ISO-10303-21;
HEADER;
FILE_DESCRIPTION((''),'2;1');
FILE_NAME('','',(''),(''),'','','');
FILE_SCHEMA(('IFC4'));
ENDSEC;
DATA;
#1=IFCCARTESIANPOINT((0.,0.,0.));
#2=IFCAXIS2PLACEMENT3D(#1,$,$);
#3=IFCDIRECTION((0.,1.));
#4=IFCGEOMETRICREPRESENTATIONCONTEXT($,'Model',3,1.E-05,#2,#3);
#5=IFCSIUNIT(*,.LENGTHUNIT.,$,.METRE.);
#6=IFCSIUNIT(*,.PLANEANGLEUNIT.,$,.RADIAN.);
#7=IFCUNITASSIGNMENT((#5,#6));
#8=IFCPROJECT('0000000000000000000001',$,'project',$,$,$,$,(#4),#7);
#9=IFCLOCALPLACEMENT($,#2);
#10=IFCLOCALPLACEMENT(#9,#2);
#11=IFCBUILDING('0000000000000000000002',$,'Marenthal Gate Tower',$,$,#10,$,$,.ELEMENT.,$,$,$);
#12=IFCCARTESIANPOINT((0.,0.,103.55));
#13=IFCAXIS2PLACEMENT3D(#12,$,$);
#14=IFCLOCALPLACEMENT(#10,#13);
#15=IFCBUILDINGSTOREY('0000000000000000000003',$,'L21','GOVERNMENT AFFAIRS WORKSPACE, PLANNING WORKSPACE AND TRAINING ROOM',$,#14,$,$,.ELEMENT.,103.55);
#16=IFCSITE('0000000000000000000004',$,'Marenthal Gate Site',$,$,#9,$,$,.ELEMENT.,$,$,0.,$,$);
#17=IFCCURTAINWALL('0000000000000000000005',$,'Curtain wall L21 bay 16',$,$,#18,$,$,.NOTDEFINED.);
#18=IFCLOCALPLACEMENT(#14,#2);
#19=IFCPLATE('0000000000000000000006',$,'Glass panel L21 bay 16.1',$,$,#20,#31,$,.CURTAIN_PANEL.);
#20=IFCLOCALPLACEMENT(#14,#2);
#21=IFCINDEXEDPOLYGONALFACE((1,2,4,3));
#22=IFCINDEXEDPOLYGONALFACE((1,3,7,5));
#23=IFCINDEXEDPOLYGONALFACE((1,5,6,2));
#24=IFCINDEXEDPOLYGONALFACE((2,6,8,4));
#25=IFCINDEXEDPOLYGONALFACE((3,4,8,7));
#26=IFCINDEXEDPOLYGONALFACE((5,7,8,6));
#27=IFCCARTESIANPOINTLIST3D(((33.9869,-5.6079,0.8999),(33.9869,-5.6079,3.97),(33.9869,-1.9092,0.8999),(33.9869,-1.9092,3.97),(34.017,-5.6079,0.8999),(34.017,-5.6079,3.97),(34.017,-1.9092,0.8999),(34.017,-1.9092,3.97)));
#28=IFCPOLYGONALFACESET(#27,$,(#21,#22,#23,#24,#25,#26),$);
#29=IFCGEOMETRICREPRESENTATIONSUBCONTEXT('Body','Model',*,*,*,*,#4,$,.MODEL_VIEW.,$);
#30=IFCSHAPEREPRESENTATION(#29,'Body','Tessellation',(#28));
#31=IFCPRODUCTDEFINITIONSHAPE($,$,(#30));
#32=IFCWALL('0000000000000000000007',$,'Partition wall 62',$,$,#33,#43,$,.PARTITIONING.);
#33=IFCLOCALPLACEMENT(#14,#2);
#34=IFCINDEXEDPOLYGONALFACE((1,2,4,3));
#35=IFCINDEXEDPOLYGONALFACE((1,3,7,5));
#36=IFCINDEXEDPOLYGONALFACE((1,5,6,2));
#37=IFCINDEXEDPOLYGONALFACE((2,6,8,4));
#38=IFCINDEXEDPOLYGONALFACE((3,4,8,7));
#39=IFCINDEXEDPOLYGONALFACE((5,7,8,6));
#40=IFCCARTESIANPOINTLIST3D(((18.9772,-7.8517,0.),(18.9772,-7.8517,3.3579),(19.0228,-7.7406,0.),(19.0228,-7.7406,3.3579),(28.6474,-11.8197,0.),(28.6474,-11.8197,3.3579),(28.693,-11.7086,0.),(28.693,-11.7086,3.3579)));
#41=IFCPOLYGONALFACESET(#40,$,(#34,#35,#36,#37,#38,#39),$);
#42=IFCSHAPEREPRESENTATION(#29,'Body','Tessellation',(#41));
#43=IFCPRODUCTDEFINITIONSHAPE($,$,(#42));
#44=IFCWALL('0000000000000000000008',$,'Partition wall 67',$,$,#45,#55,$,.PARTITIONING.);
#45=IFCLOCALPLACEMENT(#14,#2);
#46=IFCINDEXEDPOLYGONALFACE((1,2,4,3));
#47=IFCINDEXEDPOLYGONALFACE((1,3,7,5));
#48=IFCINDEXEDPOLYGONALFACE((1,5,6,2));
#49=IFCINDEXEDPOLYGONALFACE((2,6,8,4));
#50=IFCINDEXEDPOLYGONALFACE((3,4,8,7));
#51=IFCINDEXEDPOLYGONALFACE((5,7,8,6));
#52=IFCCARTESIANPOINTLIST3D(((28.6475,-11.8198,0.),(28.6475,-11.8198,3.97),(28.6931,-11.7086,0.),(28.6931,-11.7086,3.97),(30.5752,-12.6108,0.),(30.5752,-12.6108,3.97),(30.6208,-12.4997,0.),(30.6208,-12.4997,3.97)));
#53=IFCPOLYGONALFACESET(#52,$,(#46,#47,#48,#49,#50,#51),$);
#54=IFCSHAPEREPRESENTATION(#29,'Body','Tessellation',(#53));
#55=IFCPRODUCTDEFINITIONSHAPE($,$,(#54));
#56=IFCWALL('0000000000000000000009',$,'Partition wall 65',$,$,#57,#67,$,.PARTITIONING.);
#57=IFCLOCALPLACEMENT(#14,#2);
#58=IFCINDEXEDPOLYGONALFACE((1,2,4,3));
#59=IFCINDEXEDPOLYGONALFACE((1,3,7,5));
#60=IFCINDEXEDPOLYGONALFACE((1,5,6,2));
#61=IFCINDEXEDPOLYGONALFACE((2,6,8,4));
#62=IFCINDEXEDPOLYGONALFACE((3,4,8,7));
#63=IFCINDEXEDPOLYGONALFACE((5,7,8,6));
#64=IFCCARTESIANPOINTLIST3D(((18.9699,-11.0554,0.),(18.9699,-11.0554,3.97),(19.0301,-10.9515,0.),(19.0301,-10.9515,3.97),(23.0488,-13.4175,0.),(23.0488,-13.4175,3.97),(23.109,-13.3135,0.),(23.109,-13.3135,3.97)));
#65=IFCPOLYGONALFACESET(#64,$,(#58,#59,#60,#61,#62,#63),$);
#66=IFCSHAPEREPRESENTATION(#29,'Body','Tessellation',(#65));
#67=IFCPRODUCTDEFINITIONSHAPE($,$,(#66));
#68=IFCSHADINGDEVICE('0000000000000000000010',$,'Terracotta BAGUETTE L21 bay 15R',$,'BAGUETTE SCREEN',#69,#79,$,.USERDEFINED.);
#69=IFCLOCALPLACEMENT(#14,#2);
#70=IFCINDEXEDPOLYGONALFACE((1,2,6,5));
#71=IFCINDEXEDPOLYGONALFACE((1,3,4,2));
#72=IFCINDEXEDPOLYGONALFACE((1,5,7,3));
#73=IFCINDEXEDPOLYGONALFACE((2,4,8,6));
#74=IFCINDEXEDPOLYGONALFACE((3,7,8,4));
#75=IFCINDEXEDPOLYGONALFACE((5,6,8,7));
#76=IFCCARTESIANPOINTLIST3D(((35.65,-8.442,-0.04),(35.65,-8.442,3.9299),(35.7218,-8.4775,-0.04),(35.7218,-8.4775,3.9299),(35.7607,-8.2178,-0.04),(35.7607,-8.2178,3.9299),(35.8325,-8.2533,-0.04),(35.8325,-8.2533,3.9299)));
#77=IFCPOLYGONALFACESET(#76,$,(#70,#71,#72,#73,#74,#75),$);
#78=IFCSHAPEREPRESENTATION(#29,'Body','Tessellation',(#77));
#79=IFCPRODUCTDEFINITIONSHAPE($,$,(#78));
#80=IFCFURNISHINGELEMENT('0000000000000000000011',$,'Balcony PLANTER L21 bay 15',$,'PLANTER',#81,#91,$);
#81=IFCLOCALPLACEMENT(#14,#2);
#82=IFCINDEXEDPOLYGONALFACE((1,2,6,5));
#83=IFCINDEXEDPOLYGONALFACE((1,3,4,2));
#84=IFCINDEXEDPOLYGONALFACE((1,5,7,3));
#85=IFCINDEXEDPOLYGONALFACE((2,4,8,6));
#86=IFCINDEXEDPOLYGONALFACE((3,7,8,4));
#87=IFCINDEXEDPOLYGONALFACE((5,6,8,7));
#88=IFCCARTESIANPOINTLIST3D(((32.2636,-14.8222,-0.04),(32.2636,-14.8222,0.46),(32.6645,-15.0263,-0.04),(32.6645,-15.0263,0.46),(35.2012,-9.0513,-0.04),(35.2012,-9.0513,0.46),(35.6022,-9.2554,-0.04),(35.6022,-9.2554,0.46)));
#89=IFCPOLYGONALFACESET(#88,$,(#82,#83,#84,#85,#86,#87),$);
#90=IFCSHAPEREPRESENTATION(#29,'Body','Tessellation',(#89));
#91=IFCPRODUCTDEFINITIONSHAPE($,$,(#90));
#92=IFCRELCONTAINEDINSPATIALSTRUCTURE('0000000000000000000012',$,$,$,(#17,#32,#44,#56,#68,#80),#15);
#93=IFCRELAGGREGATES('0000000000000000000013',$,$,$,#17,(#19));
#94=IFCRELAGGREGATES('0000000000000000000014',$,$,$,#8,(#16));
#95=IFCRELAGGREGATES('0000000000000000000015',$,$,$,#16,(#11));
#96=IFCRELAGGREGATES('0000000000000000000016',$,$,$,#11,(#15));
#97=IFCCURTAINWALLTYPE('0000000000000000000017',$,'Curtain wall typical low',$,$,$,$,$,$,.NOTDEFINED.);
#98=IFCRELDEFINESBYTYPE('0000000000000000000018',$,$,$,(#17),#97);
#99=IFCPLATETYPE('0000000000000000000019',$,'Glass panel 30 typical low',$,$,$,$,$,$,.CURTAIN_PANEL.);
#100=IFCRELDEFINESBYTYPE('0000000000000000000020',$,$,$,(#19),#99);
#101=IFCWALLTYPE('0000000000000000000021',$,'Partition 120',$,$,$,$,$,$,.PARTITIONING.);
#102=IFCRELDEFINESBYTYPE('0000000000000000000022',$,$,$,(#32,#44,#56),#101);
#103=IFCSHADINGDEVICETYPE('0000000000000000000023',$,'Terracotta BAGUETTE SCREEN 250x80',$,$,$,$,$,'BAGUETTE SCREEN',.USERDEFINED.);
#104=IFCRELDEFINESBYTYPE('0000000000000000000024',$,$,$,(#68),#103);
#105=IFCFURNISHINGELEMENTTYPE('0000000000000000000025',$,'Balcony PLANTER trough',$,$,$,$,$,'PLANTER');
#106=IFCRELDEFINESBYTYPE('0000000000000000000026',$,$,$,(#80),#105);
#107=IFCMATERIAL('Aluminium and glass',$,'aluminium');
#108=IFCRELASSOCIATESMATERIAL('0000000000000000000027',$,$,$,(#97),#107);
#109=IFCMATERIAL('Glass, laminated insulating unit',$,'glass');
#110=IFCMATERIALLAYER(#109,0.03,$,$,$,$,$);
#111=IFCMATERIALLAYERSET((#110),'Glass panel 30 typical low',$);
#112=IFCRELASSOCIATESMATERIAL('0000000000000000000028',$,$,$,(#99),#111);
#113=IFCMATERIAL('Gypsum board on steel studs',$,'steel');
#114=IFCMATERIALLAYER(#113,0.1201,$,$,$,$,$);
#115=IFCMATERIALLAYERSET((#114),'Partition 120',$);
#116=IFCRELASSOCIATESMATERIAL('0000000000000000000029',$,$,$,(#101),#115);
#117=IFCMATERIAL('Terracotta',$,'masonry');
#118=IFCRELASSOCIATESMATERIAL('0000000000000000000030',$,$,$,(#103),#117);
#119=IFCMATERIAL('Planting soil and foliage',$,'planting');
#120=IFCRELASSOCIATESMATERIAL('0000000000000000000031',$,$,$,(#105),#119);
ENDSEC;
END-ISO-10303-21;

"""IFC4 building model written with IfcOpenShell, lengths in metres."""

from ifc_helpers import new_model, si_unit, direction, frame, frame_2d, origin, origin_2d, place, context, subcontext, project, spatial, rectangle, extrude, material, layer, layer_set, material_profile, profile_set, type_object, element, aggregate, save


model = new_model("IFC4")

# Units and contexts
model_context = context("Model", 3, precision=1e-05, world=origin(), true_north=direction((0.0, 1.0)))
body_context = subcontext(model_context, "Body", "Model", "MODEL_VIEW")
ifc_project = project(units=[si_unit("LENGTHUNIT", "METRE"), si_unit("PLANEANGLEUNIT", "RADIAN")], contexts=[model_context])

# Site, building, storey
site_placement = place(None, origin())
site = spatial("IfcSite", under=ifc_project, at=site_placement, Name="Marenthal Gate Site", CompositionType="ELEMENT", RefElevation=0.0)
building_placement = place(site_placement, origin())
building = spatial("IfcBuilding", under=site, at=building_placement, Name="Marenthal Gate Tower", CompositionType="ELEMENT")
storey_placement = place(building_placement, frame((0.0, 0.0, 103.55)))
storey = spatial("IfcBuildingStorey", under=building, at=storey_placement, Name="L21", Description="GOVERNMENT AFFAIRS WORKSPACE, PLANNING WORKSPACE AND TRAINING ROOM", CompositionType="ELEMENT", Elevation=103.55)

# Curtain wall
ifc_material_1 = material(Name="Aluminium and glass", Category="aluminium")
curtain_wall_type = type_object("IfcCurtainWallType", Name="Curtain wall typical low", PredefinedType="NOTDEFINED", material=ifc_material_1)
curtain_wall_placement = place(storey_placement, origin())
curtain_wall = element("IfcCurtainWall", 1, at=curtain_wall_placement, inside=storey, type_object=curtain_wall_type, Name="Curtain wall L21 bay 16", PredefinedType="NOTDEFINED")

# Plate
ifc_material_2 = material(Name="Glass, laminated insulating unit", Category="glass")
ifc_layer_1 = layer(ifc_material_2, 0.03)
ifc_layer_set_1 = layer_set([ifc_layer_1], Name="Glass panel 30 typical low")
plate_type = type_object("IfcPlateType", Name="Glass panel 30 typical low", PredefinedType="CURTAIN_PANEL", material=ifc_layer_set_1)
plate_placement = place(storey_placement, frame((34.002, -3.7585, 0.8999), z_axis=(0.0, 0.0, 1.0), x_axis=(0.0, 1.0, 0.0)))
plate = element("IfcPlate", 2, at=plate_placement, type_object=plate_type, Name="Glass panel L21 bay 16.1", PredefinedType="CURTAIN_PANEL", context=body_context, shape_type="SweptSolid", body=[
    extrude(rectangle(XDim=3.6987, YDim=0.03, at=origin_2d()), origin(), (0.0, 0.0, 1.0), 3.0701),
])
aggregate(curtain_wall, [plate])

# Walls
ifc_material_3 = material(Name="Gypsum board on steel studs", Category="steel")
ifc_layer_2 = layer(ifc_material_3, 0.1201)
ifc_layer_set_2 = layer_set([ifc_layer_2], Name="Partition 120")
wall_type = type_object("IfcWallType", Name="Partition 120", PredefinedType="PARTITIONING", material=ifc_layer_set_2)
wall_1_placement = place(storey_placement, frame((19.0, -7.7961, 0.0), z_axis=(0.0, 0.0, 1.0), x_axis=(0.925143, -0.379619, 0.0)))
element("IfcWall", 3, at=wall_1_placement, inside=storey, type_object=wall_type, Name="Partition wall 62", PredefinedType="PARTITIONING", context=body_context, shape_type="SweptSolid", body=[
    extrude(rectangle(XDim=10.4526, YDim=0.1201, at=frame_2d((5.2263, 0.0))), origin(), (0.0, 0.0, 1.0), 3.3579),
])
wall_2_placement = place(storey_placement, frame((28.6702, -11.7642, 0.0), z_axis=(0.0, 0.0, 1.0), x_axis=(0.925143, -0.379618, 0.0)))
element("IfcWall", 4, at=wall_2_placement, inside=storey, type_object=wall_type, Name="Partition wall 67", PredefinedType="PARTITIONING", context=body_context, shape_type="SweptSolid", body=[
    extrude(rectangle(XDim=2.0837, YDim=0.1201, at=frame_2d((1.042, 0.0))), origin(), (0.0, 0.0, 1.0), 3.97),
])
wall_3_placement = place(storey_placement, frame((23.0789, -13.3655, 0.0), z_axis=(0.0, 0.0, 1.0), x_axis=(-0.86537, 0.501134, 0.0)))
element("IfcWall", 5, at=wall_3_placement, inside=storey, type_object=wall_type, Name="Partition wall 65", PredefinedType="PARTITIONING", context=body_context, shape_type="SweptSolid", body=[
    extrude(rectangle(XDim=4.7134, YDim=0.1201, at=frame_2d((2.3567, 0.0))), origin(), (0.0, 0.0, 1.0), 3.97),
])

# Shading device
ifc_material_4 = material(Name="Terracotta", Category="masonry")
ifc_material_profile_1 = material_profile(ifc_material_4, rectangle(XDim=0.25, YDim=0.0801, at=origin_2d()), Name="Terracotta baguette 250x80")
ifc_profile_set_1 = profile_set([ifc_material_profile_1], Name="Terracotta")
shading_device_type = type_object("IfcShadingDeviceType", Name="Terracotta BAGUETTE SCREEN 250x80", ElementType="BAGUETTE SCREEN", PredefinedType="USERDEFINED", material=ifc_profile_set_1)
shading_device_placement = place(storey_placement, frame((35.7412, -8.3477, -0.04), z_axis=(0.0, 0.0, 1.0), x_axis=(0.44279, 0.896625, 0.0)))
element("IfcShadingDevice", 6, at=shading_device_placement, inside=storey, type_object=shading_device_type, Name="Terracotta BAGUETTE L21 bay 15R", ObjectType="BAGUETTE SCREEN", PredefinedType="USERDEFINED", context=body_context, shape_type="SweptSolid", body=[
    extrude(rectangle(XDim=0.25, YDim=0.0801, at=origin_2d()), origin(), (0.0, 0.0, 1.0), 3.97),
])

# Furnishing element
ifc_material_5 = material(Name="Planting soil and foliage", Category="planting")
furnishing_element_type = type_object("IfcFurnishingElementType", Name="Balcony PLANTER trough", ElementType="PLANTER", material=ifc_material_5)
furnishing_placement = place(storey_placement, frame((33.9329, -12.0388, -0.04), z_axis=(0.0, 0.0, 1.0), x_axis=(0.453646, 0.891182, 0.0)))
element("IfcFurnishingElement", 7, at=furnishing_placement, inside=storey, type_object=furnishing_element_type, Name="Balcony PLANTER L21 bay 15", ObjectType="PLANTER", context=body_context, shape_type="SweptSolid", body=[
    extrude(rectangle(XDim=6.4756, YDim=0.45, at=origin_2d()), origin(), (0.0, 0.0, 1.0), 0.5),
])

save(model, "model.ifc")
